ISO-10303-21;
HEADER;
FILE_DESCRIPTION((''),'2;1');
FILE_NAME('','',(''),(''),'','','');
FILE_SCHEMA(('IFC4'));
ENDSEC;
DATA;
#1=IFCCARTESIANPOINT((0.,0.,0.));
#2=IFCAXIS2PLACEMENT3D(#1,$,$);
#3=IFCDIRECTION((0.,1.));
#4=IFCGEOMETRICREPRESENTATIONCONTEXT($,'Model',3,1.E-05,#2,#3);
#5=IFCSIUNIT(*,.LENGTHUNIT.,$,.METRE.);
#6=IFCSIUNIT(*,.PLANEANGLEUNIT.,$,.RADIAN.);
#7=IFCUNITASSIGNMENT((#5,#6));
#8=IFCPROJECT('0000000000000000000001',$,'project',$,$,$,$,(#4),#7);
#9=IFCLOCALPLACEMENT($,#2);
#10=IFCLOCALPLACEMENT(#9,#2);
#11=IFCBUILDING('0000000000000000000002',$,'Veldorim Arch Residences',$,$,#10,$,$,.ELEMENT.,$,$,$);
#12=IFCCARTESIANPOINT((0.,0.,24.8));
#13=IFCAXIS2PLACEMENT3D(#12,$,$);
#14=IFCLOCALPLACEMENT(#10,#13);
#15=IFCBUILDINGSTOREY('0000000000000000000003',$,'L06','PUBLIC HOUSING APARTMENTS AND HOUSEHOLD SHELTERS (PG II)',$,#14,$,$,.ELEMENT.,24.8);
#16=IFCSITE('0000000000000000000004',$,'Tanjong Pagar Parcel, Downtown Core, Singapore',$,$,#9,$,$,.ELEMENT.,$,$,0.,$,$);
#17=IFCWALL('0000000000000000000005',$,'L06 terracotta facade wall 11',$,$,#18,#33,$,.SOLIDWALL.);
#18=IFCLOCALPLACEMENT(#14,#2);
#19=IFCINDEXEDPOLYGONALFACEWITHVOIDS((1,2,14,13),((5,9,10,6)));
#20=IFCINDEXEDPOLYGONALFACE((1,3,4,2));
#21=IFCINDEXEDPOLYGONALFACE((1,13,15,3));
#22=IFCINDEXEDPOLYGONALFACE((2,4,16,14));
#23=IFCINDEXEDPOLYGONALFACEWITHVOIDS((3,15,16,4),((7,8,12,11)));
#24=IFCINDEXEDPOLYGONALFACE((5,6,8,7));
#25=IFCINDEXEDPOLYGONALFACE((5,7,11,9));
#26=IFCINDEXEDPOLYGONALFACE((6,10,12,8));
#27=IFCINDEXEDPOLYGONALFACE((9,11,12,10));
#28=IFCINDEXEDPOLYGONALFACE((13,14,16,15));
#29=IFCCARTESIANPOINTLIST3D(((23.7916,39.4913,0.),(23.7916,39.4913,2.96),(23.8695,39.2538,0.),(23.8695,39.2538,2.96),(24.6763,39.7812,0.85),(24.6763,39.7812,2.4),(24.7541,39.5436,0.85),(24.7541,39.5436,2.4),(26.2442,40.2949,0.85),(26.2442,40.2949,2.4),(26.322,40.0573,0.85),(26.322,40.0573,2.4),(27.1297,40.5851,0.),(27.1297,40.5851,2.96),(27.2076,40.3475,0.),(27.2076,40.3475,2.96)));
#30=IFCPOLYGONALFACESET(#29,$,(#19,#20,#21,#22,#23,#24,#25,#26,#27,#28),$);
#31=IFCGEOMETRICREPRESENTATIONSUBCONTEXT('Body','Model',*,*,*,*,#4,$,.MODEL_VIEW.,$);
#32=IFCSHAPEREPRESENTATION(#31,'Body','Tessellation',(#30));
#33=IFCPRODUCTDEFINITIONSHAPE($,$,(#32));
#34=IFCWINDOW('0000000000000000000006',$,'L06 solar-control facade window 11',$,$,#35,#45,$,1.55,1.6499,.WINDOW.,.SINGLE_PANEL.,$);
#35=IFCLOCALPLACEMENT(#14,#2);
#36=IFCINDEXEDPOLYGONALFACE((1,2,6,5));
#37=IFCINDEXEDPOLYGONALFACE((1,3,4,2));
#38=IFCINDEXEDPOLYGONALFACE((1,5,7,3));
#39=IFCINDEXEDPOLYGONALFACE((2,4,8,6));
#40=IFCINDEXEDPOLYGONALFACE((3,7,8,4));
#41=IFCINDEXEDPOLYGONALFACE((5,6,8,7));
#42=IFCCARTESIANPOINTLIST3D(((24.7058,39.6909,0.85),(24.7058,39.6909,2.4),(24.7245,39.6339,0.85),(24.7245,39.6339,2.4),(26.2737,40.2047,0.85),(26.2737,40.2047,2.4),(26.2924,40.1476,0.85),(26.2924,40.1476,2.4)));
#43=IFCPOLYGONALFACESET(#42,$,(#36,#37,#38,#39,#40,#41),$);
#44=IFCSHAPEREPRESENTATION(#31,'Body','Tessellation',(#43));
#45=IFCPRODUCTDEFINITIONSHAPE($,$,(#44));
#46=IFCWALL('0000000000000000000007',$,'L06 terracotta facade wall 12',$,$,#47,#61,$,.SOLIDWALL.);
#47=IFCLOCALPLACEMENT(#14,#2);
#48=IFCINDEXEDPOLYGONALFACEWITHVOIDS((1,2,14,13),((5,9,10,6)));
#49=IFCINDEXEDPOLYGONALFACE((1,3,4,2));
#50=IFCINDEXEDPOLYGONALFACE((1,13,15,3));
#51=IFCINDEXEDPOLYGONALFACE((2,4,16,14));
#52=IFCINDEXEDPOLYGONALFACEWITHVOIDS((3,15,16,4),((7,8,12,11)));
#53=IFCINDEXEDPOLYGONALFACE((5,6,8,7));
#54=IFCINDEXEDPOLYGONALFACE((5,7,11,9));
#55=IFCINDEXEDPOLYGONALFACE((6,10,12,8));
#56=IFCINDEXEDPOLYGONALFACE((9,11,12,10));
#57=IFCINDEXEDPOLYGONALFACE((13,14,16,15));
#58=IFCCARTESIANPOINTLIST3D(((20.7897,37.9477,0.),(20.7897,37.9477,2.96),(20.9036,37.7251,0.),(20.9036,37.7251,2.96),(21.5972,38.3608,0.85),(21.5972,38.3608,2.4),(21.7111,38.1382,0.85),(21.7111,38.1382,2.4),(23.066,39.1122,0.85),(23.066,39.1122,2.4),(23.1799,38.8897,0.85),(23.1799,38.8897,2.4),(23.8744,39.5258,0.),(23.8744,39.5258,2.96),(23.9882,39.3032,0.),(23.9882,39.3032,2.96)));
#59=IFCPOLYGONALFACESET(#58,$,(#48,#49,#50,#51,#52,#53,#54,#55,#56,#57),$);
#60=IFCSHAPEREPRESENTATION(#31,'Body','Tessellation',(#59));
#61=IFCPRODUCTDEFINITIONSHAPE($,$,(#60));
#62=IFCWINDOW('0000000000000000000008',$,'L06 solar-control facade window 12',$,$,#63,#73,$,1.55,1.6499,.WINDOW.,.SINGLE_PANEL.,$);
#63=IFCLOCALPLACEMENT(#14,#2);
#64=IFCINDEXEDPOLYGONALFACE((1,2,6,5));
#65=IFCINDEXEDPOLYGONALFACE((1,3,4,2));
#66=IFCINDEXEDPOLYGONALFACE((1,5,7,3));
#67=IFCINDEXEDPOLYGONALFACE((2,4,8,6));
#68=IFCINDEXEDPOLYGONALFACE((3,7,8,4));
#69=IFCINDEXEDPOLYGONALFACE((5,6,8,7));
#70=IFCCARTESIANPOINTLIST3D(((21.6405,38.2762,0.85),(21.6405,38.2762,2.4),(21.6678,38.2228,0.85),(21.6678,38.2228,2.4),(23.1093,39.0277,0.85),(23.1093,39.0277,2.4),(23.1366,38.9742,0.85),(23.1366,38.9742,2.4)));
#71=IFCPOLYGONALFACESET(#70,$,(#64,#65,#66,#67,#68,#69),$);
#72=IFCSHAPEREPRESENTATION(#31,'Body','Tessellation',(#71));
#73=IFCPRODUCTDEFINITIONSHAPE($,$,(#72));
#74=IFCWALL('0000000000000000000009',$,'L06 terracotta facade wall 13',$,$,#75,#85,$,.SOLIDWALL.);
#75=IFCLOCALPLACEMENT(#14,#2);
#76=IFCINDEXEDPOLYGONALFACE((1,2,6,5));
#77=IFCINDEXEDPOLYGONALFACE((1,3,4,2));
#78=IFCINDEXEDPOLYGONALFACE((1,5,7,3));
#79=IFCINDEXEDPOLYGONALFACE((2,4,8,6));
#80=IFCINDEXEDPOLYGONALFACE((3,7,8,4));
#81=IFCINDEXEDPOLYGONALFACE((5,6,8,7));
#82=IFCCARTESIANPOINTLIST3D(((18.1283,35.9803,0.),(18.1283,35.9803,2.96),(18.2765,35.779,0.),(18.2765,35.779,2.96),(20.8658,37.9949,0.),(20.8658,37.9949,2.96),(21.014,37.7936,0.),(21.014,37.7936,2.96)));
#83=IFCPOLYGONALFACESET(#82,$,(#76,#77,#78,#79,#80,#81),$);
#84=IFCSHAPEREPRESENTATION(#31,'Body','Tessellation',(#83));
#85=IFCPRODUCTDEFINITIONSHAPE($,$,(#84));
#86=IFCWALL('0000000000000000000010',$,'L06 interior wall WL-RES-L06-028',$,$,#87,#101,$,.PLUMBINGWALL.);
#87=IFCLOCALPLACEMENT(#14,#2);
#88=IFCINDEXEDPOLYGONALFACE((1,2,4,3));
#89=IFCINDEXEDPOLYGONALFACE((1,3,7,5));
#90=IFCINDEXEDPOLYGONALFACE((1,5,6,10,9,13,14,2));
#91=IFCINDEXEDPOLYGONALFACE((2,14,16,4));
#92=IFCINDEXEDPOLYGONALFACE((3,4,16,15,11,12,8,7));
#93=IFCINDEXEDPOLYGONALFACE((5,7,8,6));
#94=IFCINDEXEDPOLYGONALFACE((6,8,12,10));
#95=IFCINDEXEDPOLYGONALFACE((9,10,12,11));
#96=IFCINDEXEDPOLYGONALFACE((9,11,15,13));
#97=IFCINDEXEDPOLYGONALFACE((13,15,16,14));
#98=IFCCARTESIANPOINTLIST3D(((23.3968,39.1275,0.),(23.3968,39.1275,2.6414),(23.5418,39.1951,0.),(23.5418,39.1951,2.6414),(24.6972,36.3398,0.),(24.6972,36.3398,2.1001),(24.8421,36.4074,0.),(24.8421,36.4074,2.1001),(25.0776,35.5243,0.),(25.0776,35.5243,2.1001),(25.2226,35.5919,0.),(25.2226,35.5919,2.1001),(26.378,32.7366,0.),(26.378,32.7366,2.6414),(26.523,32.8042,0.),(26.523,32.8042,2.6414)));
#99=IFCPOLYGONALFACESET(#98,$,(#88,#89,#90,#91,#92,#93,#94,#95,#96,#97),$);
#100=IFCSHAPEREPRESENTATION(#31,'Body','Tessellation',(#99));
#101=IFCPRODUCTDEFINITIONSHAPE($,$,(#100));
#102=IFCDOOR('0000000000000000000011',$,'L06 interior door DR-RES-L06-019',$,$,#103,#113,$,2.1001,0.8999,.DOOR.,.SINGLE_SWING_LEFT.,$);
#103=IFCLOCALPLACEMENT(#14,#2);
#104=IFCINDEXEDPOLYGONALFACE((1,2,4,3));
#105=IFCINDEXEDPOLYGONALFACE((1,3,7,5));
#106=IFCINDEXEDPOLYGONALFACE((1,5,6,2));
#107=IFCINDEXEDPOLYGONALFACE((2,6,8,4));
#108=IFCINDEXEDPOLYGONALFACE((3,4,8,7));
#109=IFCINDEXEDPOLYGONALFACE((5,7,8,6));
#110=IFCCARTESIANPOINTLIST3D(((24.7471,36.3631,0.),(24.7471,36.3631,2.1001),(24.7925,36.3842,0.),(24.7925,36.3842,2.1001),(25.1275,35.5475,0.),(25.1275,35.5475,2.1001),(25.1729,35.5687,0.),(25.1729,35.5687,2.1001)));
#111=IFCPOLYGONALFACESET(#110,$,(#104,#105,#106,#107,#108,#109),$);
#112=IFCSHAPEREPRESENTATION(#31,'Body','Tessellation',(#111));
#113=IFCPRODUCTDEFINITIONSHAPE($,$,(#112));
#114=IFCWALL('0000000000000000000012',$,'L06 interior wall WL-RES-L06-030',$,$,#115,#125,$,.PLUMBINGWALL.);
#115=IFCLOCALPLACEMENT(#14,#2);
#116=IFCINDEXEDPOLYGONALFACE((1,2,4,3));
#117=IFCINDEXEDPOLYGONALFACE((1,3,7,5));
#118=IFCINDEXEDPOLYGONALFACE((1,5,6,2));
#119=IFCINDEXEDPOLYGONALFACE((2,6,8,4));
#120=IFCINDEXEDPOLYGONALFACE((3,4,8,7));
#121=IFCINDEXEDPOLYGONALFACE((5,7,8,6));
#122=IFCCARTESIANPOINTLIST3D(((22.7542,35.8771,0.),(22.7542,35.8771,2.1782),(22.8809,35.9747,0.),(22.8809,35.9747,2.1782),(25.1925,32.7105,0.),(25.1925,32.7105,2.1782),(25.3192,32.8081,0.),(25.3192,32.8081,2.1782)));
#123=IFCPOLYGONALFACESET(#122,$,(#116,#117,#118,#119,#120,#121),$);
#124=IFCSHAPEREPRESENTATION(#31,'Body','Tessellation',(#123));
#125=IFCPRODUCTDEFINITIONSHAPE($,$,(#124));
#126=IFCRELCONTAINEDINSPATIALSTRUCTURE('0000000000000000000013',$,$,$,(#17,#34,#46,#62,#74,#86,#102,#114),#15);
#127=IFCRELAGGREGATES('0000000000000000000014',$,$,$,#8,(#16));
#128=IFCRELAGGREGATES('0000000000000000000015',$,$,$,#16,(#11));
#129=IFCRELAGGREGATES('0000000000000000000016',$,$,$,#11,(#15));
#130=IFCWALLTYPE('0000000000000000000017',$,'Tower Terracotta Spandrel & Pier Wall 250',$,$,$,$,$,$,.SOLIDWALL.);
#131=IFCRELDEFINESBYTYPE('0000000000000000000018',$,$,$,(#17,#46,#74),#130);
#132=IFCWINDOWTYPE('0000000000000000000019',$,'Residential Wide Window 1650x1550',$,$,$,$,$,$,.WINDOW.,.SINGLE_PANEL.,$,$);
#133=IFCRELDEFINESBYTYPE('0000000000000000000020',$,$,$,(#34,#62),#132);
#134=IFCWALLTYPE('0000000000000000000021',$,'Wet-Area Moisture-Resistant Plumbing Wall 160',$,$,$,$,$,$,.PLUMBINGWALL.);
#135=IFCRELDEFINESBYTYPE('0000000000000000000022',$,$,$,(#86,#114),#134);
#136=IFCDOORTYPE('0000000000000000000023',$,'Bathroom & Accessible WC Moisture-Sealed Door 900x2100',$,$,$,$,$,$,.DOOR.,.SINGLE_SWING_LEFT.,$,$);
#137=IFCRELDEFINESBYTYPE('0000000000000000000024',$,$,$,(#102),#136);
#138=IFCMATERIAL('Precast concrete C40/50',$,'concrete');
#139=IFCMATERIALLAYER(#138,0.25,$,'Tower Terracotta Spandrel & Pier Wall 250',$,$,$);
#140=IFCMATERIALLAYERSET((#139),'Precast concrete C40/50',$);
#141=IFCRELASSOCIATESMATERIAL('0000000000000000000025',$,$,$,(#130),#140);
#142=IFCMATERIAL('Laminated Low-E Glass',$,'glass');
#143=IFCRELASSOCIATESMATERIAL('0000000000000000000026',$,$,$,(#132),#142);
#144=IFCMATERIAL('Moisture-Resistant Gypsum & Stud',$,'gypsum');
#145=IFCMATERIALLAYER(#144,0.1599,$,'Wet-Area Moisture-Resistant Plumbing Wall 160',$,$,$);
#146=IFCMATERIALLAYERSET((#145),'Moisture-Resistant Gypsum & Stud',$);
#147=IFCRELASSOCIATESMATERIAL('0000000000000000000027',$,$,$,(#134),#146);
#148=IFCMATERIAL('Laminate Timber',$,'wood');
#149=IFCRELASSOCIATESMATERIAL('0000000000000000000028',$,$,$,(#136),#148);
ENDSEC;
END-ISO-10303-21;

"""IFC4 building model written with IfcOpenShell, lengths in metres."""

from ifc_helpers import new_model, si_unit, direction, frame, frame_2d, origin, place, context, subcontext, project, spatial, rectangle, extrude, material, layer, layer_set, type_object, element, fill, save


model = new_model("IFC4")

# Units and contexts
model_context = context("Model", 3, precision=1e-05, world=origin(), true_north=direction((0.0, 1.0)))
body_context = subcontext(model_context, "Body", "Model", "MODEL_VIEW")
ifc_project = project(units=[si_unit("LENGTHUNIT", "METRE"), si_unit("PLANEANGLEUNIT", "RADIAN")], contexts=[model_context])

# Site, building, storey
site_placement = place(None, origin())
site = spatial("IfcSite", under=ifc_project, at=site_placement, Name="Tanjong Pagar Parcel, Downtown Core, Singapore", CompositionType="ELEMENT", RefElevation=0.0)
building_placement = place(site_placement, origin())
building = spatial("IfcBuilding", under=site, at=building_placement, Name="Veldorim Arch Residences", CompositionType="ELEMENT")
storey_placement = place(building_placement, frame((0.0, 0.0, 24.8)))
storey = spatial("IfcBuildingStorey", under=building, at=storey_placement, Name="L06", Description="PUBLIC HOUSING APARTMENTS AND HOUSEHOLD SHELTERS (PG II)", CompositionType="ELEMENT", Elevation=24.8)

# Shared definitions
ifc_material_1 = material(Name="Precast concrete C40/50", Category="concrete")
ifc_layer_1 = layer(ifc_material_1, 0.25, Name="Tower Terracotta Spandrel & Pier Wall 250")
ifc_layer_set_1 = layer_set([ifc_layer_1], Name="Precast concrete C40/50")
wall_type_1 = type_object("IfcWallType", Name="Tower Terracotta Spandrel & Pier Wall 250", PredefinedType="SOLIDWALL", material=ifc_layer_set_1)

# Walls, openings, windows
wall_1_placement = place(storey_placement, frame((23.8306, 39.3726, 0.0), z_axis=(0.0, 0.0, 1.0), x_axis=(0.95029, 0.311365, 0.0)))
wall_1 = element("IfcWall", 1, at=wall_1_placement, inside=storey, type_object=wall_type_1, Name="L06 terracotta facade wall 11", PredefinedType="SOLIDWALL", context=body_context, shape_type="SweptSolid", body=[
    extrude(rectangle(XDim=3.5127, YDim=0.25, at=frame_2d((1.7563, 0.0))), origin(), (0.0, 0.0, 1.0), 2.96),
])
opening_1_placement = place(wall_1_placement, frame((0.9309, 0.0, 0.8501)))
opening_1 = element("IfcOpeningElement", 2, at=opening_1_placement, cuts=wall_1, PredefinedType="OPENING", context=body_context, shape_type="SweptSolid", body=[
    extrude(rectangle(XDim=1.6499, YDim=1.55, at=frame_2d((0.825, 0.7749))), frame((0.0, 0.135, 0.0), z_axis=(0.0, -1.0, 0.0), x_axis=(1.0, 0.0, 0.0)), (0.0, 0.0, 1.0), 0.27),
])
ifc_material_2 = material(Name="Laminated Low-E Glass", Category="glass")
window_type = type_object("IfcWindowType", Name="Residential Wide Window 1650x1550", PartitioningType="SINGLE_PANEL", PredefinedType="WINDOW", material=ifc_material_2)
window_1_placement = place(opening_1_placement, origin())
window_1 = element("IfcWindow", 3, at=window_1_placement, inside=storey, type_object=window_type, Name="L06 solar-control facade window 11", OverallHeight=1.55, OverallWidth=1.6499, PartitioningType="SINGLE_PANEL", PredefinedType="WINDOW", context=body_context, shape_type="SweptSolid", body=[
    extrude(rectangle(XDim=1.6499, YDim=1.55, at=frame_2d((0.825, 0.7749))), frame((0.0, 0.03, 0.0), z_axis=(0.0, -1.0, 0.0), x_axis=(1.0, 0.0, 0.0)), (0.0, 0.0, 1.0), 0.0601),
])
fill(opening_1, window_1)
wall_2_placement = place(storey_placement, frame((20.8467, 37.8364, 0.0), z_axis=(0.0, 0.0, 1.0), x_axis=(0.89026, 0.455452, 0.0)))
wall_2 = element("IfcWall", 4, at=wall_2_placement, inside=storey, type_object=wall_type_1, Name="L06 terracotta facade wall 12", PredefinedType="SOLIDWALL", context=body_context, shape_type="SweptSolid", body=[
    extrude(rectangle(XDim=3.4648, YDim=0.25, at=frame_2d((1.7324, 0.0))), origin(), (0.0, 0.0, 1.0), 2.96),
])
opening_2_placement = place(wall_2_placement, frame((0.907, 0.0, 0.8501)))
opening_2 = element("IfcOpeningElement", 5, at=opening_2_placement, cuts=wall_2, PredefinedType="OPENING", context=body_context, shape_type="SweptSolid", body=[
    extrude(rectangle(XDim=1.6499, YDim=1.55, at=frame_2d((0.825, 0.7749))), frame((0.0, 0.135, 0.0), z_axis=(0.0, -1.0, 0.0), x_axis=(1.0, 0.0, 0.0)), (0.0, 0.0, 1.0), 0.27),
])
window_2_placement = place(opening_2_placement, origin())
window_2 = element("IfcWindow", 6, at=window_2_placement, inside=storey, type_object=window_type, Name="L06 solar-control facade window 12", OverallHeight=1.55, OverallWidth=1.6499, PartitioningType="SINGLE_PANEL", PredefinedType="WINDOW", context=body_context, shape_type="SweptSolid", body=[
    extrude(rectangle(XDim=1.6499, YDim=1.55, at=frame_2d((0.825, 0.7749))), frame((0.0, 0.03, 0.0), z_axis=(0.0, -1.0, 0.0), x_axis=(1.0, 0.0, 0.0)), (0.0, 0.0, 1.0), 0.0601),
])
fill(opening_2, window_2)

# Wall
wall_3_placement = place(storey_placement, frame((18.2024, 35.8796, 0.0), z_axis=(0.0, 0.0, 1.0), x_axis=(0.805406, 0.592724, 0.0)))
element("IfcWall", 7, at=wall_3_placement, inside=storey, type_object=wall_type_1, Name="L06 terracotta facade wall 13", PredefinedType="SOLIDWALL", context=body_context, shape_type="SweptSolid", body=[
    extrude(rectangle(XDim=3.3989, YDim=0.25, at=frame_2d((1.6995, 0.0))), origin(), (0.0, 0.0, 1.0), 2.96),
])

# Wall, opening, door
ifc_material_3 = material(Name="Moisture-Resistant Gypsum & Stud", Category="gypsum")
ifc_layer_2 = layer(ifc_material_3, 0.1599, Name="Wet-Area Moisture-Resistant Plumbing Wall 160")
ifc_layer_set_2 = layer_set([ifc_layer_2], Name="Moisture-Resistant Gypsum & Stud")
wall_type_2 = type_object("IfcWallType", Name="Wet-Area Moisture-Resistant Plumbing Wall 160", PredefinedType="PLUMBINGWALL", material=ifc_layer_set_2)
wall_4_placement = place(storey_placement, frame((26.4504, 32.7705, 0.0), z_axis=(0.0, 0.0, 1.0), x_axis=(-0.422745, 0.906249, 0.0)))
wall_4 = element("IfcWall", 8, at=wall_4_placement, inside=storey, type_object=wall_type_2, Name="L06 interior wall WL-RES-L06-028", PredefinedType="PLUMBINGWALL", context=body_context, shape_type="SweptSolid", body=[
    extrude(rectangle(XDim=7.052, YDim=0.1599, at=frame_2d((3.5259, 0.0))), origin(), (0.0, 0.0, 1.0), 2.6414),
])
opening_3_placement = place(wall_4_placement, frame((3.0759, 0.0, 0.0)))
opening_3 = element("IfcOpeningElement", 9, at=opening_3_placement, cuts=wall_4, PredefinedType="OPENING", context=body_context, shape_type="SweptSolid", body=[
    extrude(rectangle(XDim=0.8999, YDim=2.1001, at=frame_2d((0.45, 1.05))), frame((0.0, 0.0898, 0.0), z_axis=(0.0, -1.0, 0.0), x_axis=(1.0, 0.0, 0.0)), (0.0, 0.0, 1.0), 0.1799),
])
ifc_material_4 = material(Name="Laminate Timber", Category="wood")
door_type_1 = type_object("IfcDoorType", Name="Bathroom & Accessible WC Moisture-Sealed Door 900x2100", OperationType="SINGLE_SWING_LEFT", PredefinedType="DOOR", material=ifc_material_4)
door_1_placement = place(opening_3_placement, origin())
door_1 = element("IfcDoor", 10, at=door_1_placement, inside=storey, type_object=door_type_1, Name="L06 interior door DR-RES-L06-019", OperationType="SINGLE_SWING_LEFT", OverallHeight=2.1001, OverallWidth=0.8999, PredefinedType="DOOR", context=body_context, shape_type="SweptSolid", body=[
    extrude(rectangle(XDim=0.8999, YDim=2.1001, at=frame_2d((0.45, 1.05))), frame((0.0, 0.0249, 0.0), z_axis=(0.0, -1.0, 0.0), x_axis=(1.0, 0.0, 0.0)), (0.0, 0.0, 1.0), 0.05),
])
fill(opening_3, door_1)

# Wall
wall_5_placement = place(storey_placement, frame((25.2559, 32.7593, 0.0), z_axis=(0.0, 0.0, 1.0), x_axis=(-0.610097, 0.792326, 0.0)))
element("IfcWall", 11, at=wall_5_placement, inside=storey, type_object=wall_type_2, Name="L06 interior wall WL-RES-L06-030", PredefinedType="PLUMBINGWALL", context=body_context, shape_type="SweptSolid", body=[
    extrude(rectangle(XDim=3.9966, YDim=0.1599, at=frame_2d((1.9983, 0.0))), origin(), (0.0, 0.0, 1.0), 2.1782),
])

save(model, "model.ifc")
